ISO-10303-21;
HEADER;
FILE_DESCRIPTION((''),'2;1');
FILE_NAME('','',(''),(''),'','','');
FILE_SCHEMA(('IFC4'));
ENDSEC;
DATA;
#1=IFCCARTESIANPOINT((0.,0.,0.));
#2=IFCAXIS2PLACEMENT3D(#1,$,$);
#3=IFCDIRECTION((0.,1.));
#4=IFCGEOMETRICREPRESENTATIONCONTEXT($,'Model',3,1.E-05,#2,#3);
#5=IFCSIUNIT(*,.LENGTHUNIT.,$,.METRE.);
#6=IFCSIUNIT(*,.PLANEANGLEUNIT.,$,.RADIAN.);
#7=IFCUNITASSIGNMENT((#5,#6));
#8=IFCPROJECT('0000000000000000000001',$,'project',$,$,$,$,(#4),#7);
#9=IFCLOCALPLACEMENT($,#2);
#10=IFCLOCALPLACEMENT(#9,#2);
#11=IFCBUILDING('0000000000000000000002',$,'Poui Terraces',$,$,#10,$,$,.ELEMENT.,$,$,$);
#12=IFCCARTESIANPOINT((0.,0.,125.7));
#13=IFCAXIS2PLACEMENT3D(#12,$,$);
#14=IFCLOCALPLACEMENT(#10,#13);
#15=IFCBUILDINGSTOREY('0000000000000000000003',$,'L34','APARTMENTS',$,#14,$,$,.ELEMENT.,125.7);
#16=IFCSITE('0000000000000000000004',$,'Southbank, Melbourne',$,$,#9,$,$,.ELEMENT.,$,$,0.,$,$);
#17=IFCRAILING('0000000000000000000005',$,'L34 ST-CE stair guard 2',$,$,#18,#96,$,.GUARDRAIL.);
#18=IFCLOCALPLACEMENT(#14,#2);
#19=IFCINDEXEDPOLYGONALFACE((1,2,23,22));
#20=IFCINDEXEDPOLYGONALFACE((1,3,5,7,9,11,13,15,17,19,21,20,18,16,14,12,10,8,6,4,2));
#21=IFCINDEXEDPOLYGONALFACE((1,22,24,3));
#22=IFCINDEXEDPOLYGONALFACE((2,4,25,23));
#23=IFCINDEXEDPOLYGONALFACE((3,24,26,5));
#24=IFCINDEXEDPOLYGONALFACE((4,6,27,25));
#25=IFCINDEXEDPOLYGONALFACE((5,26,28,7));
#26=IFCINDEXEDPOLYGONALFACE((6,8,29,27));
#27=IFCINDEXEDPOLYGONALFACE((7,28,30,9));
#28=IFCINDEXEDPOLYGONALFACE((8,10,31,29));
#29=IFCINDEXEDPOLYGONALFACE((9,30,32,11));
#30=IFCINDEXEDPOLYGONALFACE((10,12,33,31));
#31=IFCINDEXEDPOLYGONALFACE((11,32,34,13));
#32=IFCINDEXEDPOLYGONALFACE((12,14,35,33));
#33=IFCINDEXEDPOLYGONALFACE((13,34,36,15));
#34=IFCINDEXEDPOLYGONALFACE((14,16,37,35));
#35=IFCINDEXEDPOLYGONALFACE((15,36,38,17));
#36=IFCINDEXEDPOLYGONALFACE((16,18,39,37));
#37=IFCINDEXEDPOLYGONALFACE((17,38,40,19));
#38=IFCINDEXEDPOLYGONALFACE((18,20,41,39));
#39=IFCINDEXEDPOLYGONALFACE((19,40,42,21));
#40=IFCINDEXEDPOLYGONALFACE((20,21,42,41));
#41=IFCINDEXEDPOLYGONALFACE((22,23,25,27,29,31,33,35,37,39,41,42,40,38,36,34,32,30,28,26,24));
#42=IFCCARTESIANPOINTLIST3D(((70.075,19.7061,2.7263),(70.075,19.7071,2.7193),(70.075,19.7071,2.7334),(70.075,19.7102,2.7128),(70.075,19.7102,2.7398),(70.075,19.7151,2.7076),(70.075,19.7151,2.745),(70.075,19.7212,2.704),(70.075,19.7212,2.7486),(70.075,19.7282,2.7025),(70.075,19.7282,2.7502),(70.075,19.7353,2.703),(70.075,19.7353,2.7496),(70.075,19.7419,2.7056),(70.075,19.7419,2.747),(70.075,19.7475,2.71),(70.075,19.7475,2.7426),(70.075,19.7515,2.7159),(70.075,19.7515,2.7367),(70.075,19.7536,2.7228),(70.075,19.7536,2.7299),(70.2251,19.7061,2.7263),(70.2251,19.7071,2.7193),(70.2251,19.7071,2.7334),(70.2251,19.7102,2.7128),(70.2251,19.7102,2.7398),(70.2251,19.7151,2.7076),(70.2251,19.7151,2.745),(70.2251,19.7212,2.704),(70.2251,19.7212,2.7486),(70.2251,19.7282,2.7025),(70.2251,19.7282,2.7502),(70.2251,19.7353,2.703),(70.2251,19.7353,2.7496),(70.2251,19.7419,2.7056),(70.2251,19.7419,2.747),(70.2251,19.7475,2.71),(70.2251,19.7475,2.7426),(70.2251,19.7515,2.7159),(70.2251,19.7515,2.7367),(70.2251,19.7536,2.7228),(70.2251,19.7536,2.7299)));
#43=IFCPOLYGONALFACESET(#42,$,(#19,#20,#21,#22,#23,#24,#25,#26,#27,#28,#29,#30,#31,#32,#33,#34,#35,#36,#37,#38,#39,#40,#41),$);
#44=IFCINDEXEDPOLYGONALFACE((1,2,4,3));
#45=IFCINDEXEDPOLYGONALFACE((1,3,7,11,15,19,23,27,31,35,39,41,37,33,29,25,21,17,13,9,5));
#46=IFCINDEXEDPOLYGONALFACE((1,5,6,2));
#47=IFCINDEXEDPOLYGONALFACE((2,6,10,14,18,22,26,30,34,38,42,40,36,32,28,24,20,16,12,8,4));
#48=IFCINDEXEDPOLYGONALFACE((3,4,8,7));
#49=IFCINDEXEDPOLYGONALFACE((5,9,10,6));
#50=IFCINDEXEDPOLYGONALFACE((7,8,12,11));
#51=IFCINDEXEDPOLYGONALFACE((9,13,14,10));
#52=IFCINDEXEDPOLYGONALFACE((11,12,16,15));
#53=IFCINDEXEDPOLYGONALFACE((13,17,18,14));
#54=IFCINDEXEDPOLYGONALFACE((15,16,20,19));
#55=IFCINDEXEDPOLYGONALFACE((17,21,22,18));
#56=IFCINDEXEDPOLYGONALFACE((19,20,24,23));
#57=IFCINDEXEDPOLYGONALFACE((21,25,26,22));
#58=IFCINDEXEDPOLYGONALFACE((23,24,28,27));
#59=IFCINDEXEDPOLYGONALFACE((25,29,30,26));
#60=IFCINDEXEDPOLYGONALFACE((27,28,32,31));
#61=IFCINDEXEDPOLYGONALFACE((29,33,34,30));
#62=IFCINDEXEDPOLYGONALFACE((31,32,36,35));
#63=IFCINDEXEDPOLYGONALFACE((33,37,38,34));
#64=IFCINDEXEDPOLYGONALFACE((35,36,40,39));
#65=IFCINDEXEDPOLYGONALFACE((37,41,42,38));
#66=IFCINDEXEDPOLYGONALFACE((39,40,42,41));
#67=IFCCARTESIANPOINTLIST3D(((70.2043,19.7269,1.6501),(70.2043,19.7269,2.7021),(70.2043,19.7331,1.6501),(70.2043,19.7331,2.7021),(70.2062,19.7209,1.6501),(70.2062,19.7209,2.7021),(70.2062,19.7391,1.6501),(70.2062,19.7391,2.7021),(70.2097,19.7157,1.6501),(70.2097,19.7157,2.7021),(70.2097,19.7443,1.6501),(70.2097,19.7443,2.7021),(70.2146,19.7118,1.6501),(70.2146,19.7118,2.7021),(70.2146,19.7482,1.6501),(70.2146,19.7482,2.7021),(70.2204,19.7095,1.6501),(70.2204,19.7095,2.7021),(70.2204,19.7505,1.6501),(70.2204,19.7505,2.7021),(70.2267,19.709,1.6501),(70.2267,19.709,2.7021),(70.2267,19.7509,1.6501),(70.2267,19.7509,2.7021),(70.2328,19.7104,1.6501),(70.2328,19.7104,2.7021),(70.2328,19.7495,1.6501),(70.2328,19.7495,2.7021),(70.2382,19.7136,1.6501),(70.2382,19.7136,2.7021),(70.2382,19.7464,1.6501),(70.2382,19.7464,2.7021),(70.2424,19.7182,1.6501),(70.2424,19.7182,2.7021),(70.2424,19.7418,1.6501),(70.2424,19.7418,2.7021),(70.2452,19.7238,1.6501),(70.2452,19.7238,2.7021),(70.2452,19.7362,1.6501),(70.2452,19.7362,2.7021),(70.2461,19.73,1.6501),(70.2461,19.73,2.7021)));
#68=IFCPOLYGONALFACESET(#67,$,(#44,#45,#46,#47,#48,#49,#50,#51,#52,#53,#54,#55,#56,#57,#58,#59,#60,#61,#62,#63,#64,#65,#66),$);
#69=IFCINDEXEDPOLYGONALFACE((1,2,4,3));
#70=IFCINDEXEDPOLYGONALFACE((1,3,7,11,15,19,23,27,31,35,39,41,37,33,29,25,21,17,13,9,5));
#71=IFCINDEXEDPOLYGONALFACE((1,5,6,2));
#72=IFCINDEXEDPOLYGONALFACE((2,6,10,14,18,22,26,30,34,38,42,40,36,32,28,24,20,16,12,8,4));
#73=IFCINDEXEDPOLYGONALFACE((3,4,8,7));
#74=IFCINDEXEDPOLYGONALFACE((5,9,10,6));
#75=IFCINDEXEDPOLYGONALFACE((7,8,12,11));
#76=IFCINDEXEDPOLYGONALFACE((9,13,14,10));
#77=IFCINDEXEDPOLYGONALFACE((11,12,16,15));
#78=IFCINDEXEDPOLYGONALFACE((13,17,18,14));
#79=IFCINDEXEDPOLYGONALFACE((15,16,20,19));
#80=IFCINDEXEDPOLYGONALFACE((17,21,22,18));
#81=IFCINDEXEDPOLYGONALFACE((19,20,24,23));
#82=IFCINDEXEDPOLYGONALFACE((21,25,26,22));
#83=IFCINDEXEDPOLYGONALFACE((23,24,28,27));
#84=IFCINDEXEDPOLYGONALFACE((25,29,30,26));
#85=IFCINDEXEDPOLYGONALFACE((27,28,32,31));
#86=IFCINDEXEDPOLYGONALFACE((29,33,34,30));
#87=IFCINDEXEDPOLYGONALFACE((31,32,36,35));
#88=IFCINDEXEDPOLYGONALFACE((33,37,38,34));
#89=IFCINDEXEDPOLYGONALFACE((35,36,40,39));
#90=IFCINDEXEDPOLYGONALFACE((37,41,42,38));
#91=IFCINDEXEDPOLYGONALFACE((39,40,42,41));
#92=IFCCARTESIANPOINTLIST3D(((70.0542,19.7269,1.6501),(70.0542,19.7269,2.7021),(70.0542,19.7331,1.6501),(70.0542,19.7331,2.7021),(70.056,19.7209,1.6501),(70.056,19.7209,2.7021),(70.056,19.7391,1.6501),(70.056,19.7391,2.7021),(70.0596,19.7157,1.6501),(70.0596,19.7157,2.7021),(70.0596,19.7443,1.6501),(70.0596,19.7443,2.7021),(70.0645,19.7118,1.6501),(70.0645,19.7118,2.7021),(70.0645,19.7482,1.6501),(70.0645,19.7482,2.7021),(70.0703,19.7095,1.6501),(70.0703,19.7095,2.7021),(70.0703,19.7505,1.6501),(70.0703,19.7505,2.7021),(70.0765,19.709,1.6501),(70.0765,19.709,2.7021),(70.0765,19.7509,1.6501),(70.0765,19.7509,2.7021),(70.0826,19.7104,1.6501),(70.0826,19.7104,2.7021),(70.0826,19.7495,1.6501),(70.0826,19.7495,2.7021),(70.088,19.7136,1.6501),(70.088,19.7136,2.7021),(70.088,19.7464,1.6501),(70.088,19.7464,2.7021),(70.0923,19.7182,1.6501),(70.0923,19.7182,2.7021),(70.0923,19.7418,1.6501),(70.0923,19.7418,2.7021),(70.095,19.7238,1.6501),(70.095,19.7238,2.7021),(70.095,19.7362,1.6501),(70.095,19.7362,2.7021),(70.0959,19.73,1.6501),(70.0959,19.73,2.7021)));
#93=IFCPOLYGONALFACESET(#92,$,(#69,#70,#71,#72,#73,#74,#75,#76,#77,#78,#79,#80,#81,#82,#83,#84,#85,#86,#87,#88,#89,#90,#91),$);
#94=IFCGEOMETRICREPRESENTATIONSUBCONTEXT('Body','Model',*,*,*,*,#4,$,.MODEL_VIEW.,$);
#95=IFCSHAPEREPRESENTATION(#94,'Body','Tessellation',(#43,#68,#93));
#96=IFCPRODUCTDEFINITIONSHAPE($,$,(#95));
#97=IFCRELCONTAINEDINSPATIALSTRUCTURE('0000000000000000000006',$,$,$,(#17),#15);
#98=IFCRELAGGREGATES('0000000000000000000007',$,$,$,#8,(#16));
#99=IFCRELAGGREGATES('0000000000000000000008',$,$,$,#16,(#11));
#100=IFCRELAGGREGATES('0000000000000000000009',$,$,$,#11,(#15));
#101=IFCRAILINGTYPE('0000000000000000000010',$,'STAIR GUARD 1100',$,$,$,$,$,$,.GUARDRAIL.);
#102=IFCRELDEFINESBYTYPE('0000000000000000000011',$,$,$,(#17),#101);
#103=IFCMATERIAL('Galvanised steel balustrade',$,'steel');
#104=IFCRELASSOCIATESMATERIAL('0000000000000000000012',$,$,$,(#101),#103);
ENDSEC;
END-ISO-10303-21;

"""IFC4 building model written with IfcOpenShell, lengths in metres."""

from ifc_helpers import new_model, si_unit, direction, frame, origin, origin_2d, place, context, subcontext, project, spatial, circle, extrude, material, type_object, element, save


model = new_model("IFC4")

# Units and contexts
model_context = context("Model", 3, precision=1e-05, world=origin(), true_north=direction((0.0, 1.0)))
body_context = subcontext(model_context, "Body", "Model", "MODEL_VIEW")
ifc_project = project(units=[si_unit("LENGTHUNIT", "METRE"), si_unit("PLANEANGLEUNIT", "RADIAN")], contexts=[model_context])

# Site, building, storey
site_placement = place(None, origin())
site = spatial("IfcSite", under=ifc_project, at=site_placement, Name="Southbank, Melbourne", CompositionType="ELEMENT", RefElevation=0.0)
building_placement = place(site_placement, origin())
building = spatial("IfcBuilding", under=site, at=building_placement, Name="Poui Terraces", CompositionType="ELEMENT")
storey_placement = place(building_placement, frame((0.0, 0.0, 125.7)))
storey = spatial("IfcBuildingStorey", under=building, at=storey_placement, Name="L34", Description="APARTMENTS", CompositionType="ELEMENT", Elevation=125.7)

# Railing
ifc_material_1 = material(Name="Galvanised steel balustrade", Category="steel")
railing_type_1 = type_object("IfcRailingType", Name="STAIR GUARD 1100", PredefinedType="GUARDRAIL", material=ifc_material_1)
railing_1_placement = place(storey_placement, frame((70.2251, 19.73, 1.6501)))
element("IfcRailing", 1, at=railing_1_placement, inside=storey, type_object=railing_type_1, Name="L34 ST-CE stair guard 2", PredefinedType="GUARDRAIL", context=body_context, shape_type="SweptSolid", body=[
    extrude(circle(Radius=0.0239, at=origin_2d()), frame((0.0, 0.0, 1.0762), z_axis=(-1.0, 0.0, 0.0), x_axis=(0.0, -1.0, 0.0)), (0.0, 0.0, 1.0), 0.1501),
    extrude(circle(Radius=0.021, at=origin_2d()), origin(), (0.0, 0.0, 1.0), 1.052),
    extrude(circle(Radius=0.021, at=origin_2d()), frame((-0.1501, 0.0, 0.0)), (0.0, 0.0, 1.0), 1.052),
])

save(model, "model.ifc")
